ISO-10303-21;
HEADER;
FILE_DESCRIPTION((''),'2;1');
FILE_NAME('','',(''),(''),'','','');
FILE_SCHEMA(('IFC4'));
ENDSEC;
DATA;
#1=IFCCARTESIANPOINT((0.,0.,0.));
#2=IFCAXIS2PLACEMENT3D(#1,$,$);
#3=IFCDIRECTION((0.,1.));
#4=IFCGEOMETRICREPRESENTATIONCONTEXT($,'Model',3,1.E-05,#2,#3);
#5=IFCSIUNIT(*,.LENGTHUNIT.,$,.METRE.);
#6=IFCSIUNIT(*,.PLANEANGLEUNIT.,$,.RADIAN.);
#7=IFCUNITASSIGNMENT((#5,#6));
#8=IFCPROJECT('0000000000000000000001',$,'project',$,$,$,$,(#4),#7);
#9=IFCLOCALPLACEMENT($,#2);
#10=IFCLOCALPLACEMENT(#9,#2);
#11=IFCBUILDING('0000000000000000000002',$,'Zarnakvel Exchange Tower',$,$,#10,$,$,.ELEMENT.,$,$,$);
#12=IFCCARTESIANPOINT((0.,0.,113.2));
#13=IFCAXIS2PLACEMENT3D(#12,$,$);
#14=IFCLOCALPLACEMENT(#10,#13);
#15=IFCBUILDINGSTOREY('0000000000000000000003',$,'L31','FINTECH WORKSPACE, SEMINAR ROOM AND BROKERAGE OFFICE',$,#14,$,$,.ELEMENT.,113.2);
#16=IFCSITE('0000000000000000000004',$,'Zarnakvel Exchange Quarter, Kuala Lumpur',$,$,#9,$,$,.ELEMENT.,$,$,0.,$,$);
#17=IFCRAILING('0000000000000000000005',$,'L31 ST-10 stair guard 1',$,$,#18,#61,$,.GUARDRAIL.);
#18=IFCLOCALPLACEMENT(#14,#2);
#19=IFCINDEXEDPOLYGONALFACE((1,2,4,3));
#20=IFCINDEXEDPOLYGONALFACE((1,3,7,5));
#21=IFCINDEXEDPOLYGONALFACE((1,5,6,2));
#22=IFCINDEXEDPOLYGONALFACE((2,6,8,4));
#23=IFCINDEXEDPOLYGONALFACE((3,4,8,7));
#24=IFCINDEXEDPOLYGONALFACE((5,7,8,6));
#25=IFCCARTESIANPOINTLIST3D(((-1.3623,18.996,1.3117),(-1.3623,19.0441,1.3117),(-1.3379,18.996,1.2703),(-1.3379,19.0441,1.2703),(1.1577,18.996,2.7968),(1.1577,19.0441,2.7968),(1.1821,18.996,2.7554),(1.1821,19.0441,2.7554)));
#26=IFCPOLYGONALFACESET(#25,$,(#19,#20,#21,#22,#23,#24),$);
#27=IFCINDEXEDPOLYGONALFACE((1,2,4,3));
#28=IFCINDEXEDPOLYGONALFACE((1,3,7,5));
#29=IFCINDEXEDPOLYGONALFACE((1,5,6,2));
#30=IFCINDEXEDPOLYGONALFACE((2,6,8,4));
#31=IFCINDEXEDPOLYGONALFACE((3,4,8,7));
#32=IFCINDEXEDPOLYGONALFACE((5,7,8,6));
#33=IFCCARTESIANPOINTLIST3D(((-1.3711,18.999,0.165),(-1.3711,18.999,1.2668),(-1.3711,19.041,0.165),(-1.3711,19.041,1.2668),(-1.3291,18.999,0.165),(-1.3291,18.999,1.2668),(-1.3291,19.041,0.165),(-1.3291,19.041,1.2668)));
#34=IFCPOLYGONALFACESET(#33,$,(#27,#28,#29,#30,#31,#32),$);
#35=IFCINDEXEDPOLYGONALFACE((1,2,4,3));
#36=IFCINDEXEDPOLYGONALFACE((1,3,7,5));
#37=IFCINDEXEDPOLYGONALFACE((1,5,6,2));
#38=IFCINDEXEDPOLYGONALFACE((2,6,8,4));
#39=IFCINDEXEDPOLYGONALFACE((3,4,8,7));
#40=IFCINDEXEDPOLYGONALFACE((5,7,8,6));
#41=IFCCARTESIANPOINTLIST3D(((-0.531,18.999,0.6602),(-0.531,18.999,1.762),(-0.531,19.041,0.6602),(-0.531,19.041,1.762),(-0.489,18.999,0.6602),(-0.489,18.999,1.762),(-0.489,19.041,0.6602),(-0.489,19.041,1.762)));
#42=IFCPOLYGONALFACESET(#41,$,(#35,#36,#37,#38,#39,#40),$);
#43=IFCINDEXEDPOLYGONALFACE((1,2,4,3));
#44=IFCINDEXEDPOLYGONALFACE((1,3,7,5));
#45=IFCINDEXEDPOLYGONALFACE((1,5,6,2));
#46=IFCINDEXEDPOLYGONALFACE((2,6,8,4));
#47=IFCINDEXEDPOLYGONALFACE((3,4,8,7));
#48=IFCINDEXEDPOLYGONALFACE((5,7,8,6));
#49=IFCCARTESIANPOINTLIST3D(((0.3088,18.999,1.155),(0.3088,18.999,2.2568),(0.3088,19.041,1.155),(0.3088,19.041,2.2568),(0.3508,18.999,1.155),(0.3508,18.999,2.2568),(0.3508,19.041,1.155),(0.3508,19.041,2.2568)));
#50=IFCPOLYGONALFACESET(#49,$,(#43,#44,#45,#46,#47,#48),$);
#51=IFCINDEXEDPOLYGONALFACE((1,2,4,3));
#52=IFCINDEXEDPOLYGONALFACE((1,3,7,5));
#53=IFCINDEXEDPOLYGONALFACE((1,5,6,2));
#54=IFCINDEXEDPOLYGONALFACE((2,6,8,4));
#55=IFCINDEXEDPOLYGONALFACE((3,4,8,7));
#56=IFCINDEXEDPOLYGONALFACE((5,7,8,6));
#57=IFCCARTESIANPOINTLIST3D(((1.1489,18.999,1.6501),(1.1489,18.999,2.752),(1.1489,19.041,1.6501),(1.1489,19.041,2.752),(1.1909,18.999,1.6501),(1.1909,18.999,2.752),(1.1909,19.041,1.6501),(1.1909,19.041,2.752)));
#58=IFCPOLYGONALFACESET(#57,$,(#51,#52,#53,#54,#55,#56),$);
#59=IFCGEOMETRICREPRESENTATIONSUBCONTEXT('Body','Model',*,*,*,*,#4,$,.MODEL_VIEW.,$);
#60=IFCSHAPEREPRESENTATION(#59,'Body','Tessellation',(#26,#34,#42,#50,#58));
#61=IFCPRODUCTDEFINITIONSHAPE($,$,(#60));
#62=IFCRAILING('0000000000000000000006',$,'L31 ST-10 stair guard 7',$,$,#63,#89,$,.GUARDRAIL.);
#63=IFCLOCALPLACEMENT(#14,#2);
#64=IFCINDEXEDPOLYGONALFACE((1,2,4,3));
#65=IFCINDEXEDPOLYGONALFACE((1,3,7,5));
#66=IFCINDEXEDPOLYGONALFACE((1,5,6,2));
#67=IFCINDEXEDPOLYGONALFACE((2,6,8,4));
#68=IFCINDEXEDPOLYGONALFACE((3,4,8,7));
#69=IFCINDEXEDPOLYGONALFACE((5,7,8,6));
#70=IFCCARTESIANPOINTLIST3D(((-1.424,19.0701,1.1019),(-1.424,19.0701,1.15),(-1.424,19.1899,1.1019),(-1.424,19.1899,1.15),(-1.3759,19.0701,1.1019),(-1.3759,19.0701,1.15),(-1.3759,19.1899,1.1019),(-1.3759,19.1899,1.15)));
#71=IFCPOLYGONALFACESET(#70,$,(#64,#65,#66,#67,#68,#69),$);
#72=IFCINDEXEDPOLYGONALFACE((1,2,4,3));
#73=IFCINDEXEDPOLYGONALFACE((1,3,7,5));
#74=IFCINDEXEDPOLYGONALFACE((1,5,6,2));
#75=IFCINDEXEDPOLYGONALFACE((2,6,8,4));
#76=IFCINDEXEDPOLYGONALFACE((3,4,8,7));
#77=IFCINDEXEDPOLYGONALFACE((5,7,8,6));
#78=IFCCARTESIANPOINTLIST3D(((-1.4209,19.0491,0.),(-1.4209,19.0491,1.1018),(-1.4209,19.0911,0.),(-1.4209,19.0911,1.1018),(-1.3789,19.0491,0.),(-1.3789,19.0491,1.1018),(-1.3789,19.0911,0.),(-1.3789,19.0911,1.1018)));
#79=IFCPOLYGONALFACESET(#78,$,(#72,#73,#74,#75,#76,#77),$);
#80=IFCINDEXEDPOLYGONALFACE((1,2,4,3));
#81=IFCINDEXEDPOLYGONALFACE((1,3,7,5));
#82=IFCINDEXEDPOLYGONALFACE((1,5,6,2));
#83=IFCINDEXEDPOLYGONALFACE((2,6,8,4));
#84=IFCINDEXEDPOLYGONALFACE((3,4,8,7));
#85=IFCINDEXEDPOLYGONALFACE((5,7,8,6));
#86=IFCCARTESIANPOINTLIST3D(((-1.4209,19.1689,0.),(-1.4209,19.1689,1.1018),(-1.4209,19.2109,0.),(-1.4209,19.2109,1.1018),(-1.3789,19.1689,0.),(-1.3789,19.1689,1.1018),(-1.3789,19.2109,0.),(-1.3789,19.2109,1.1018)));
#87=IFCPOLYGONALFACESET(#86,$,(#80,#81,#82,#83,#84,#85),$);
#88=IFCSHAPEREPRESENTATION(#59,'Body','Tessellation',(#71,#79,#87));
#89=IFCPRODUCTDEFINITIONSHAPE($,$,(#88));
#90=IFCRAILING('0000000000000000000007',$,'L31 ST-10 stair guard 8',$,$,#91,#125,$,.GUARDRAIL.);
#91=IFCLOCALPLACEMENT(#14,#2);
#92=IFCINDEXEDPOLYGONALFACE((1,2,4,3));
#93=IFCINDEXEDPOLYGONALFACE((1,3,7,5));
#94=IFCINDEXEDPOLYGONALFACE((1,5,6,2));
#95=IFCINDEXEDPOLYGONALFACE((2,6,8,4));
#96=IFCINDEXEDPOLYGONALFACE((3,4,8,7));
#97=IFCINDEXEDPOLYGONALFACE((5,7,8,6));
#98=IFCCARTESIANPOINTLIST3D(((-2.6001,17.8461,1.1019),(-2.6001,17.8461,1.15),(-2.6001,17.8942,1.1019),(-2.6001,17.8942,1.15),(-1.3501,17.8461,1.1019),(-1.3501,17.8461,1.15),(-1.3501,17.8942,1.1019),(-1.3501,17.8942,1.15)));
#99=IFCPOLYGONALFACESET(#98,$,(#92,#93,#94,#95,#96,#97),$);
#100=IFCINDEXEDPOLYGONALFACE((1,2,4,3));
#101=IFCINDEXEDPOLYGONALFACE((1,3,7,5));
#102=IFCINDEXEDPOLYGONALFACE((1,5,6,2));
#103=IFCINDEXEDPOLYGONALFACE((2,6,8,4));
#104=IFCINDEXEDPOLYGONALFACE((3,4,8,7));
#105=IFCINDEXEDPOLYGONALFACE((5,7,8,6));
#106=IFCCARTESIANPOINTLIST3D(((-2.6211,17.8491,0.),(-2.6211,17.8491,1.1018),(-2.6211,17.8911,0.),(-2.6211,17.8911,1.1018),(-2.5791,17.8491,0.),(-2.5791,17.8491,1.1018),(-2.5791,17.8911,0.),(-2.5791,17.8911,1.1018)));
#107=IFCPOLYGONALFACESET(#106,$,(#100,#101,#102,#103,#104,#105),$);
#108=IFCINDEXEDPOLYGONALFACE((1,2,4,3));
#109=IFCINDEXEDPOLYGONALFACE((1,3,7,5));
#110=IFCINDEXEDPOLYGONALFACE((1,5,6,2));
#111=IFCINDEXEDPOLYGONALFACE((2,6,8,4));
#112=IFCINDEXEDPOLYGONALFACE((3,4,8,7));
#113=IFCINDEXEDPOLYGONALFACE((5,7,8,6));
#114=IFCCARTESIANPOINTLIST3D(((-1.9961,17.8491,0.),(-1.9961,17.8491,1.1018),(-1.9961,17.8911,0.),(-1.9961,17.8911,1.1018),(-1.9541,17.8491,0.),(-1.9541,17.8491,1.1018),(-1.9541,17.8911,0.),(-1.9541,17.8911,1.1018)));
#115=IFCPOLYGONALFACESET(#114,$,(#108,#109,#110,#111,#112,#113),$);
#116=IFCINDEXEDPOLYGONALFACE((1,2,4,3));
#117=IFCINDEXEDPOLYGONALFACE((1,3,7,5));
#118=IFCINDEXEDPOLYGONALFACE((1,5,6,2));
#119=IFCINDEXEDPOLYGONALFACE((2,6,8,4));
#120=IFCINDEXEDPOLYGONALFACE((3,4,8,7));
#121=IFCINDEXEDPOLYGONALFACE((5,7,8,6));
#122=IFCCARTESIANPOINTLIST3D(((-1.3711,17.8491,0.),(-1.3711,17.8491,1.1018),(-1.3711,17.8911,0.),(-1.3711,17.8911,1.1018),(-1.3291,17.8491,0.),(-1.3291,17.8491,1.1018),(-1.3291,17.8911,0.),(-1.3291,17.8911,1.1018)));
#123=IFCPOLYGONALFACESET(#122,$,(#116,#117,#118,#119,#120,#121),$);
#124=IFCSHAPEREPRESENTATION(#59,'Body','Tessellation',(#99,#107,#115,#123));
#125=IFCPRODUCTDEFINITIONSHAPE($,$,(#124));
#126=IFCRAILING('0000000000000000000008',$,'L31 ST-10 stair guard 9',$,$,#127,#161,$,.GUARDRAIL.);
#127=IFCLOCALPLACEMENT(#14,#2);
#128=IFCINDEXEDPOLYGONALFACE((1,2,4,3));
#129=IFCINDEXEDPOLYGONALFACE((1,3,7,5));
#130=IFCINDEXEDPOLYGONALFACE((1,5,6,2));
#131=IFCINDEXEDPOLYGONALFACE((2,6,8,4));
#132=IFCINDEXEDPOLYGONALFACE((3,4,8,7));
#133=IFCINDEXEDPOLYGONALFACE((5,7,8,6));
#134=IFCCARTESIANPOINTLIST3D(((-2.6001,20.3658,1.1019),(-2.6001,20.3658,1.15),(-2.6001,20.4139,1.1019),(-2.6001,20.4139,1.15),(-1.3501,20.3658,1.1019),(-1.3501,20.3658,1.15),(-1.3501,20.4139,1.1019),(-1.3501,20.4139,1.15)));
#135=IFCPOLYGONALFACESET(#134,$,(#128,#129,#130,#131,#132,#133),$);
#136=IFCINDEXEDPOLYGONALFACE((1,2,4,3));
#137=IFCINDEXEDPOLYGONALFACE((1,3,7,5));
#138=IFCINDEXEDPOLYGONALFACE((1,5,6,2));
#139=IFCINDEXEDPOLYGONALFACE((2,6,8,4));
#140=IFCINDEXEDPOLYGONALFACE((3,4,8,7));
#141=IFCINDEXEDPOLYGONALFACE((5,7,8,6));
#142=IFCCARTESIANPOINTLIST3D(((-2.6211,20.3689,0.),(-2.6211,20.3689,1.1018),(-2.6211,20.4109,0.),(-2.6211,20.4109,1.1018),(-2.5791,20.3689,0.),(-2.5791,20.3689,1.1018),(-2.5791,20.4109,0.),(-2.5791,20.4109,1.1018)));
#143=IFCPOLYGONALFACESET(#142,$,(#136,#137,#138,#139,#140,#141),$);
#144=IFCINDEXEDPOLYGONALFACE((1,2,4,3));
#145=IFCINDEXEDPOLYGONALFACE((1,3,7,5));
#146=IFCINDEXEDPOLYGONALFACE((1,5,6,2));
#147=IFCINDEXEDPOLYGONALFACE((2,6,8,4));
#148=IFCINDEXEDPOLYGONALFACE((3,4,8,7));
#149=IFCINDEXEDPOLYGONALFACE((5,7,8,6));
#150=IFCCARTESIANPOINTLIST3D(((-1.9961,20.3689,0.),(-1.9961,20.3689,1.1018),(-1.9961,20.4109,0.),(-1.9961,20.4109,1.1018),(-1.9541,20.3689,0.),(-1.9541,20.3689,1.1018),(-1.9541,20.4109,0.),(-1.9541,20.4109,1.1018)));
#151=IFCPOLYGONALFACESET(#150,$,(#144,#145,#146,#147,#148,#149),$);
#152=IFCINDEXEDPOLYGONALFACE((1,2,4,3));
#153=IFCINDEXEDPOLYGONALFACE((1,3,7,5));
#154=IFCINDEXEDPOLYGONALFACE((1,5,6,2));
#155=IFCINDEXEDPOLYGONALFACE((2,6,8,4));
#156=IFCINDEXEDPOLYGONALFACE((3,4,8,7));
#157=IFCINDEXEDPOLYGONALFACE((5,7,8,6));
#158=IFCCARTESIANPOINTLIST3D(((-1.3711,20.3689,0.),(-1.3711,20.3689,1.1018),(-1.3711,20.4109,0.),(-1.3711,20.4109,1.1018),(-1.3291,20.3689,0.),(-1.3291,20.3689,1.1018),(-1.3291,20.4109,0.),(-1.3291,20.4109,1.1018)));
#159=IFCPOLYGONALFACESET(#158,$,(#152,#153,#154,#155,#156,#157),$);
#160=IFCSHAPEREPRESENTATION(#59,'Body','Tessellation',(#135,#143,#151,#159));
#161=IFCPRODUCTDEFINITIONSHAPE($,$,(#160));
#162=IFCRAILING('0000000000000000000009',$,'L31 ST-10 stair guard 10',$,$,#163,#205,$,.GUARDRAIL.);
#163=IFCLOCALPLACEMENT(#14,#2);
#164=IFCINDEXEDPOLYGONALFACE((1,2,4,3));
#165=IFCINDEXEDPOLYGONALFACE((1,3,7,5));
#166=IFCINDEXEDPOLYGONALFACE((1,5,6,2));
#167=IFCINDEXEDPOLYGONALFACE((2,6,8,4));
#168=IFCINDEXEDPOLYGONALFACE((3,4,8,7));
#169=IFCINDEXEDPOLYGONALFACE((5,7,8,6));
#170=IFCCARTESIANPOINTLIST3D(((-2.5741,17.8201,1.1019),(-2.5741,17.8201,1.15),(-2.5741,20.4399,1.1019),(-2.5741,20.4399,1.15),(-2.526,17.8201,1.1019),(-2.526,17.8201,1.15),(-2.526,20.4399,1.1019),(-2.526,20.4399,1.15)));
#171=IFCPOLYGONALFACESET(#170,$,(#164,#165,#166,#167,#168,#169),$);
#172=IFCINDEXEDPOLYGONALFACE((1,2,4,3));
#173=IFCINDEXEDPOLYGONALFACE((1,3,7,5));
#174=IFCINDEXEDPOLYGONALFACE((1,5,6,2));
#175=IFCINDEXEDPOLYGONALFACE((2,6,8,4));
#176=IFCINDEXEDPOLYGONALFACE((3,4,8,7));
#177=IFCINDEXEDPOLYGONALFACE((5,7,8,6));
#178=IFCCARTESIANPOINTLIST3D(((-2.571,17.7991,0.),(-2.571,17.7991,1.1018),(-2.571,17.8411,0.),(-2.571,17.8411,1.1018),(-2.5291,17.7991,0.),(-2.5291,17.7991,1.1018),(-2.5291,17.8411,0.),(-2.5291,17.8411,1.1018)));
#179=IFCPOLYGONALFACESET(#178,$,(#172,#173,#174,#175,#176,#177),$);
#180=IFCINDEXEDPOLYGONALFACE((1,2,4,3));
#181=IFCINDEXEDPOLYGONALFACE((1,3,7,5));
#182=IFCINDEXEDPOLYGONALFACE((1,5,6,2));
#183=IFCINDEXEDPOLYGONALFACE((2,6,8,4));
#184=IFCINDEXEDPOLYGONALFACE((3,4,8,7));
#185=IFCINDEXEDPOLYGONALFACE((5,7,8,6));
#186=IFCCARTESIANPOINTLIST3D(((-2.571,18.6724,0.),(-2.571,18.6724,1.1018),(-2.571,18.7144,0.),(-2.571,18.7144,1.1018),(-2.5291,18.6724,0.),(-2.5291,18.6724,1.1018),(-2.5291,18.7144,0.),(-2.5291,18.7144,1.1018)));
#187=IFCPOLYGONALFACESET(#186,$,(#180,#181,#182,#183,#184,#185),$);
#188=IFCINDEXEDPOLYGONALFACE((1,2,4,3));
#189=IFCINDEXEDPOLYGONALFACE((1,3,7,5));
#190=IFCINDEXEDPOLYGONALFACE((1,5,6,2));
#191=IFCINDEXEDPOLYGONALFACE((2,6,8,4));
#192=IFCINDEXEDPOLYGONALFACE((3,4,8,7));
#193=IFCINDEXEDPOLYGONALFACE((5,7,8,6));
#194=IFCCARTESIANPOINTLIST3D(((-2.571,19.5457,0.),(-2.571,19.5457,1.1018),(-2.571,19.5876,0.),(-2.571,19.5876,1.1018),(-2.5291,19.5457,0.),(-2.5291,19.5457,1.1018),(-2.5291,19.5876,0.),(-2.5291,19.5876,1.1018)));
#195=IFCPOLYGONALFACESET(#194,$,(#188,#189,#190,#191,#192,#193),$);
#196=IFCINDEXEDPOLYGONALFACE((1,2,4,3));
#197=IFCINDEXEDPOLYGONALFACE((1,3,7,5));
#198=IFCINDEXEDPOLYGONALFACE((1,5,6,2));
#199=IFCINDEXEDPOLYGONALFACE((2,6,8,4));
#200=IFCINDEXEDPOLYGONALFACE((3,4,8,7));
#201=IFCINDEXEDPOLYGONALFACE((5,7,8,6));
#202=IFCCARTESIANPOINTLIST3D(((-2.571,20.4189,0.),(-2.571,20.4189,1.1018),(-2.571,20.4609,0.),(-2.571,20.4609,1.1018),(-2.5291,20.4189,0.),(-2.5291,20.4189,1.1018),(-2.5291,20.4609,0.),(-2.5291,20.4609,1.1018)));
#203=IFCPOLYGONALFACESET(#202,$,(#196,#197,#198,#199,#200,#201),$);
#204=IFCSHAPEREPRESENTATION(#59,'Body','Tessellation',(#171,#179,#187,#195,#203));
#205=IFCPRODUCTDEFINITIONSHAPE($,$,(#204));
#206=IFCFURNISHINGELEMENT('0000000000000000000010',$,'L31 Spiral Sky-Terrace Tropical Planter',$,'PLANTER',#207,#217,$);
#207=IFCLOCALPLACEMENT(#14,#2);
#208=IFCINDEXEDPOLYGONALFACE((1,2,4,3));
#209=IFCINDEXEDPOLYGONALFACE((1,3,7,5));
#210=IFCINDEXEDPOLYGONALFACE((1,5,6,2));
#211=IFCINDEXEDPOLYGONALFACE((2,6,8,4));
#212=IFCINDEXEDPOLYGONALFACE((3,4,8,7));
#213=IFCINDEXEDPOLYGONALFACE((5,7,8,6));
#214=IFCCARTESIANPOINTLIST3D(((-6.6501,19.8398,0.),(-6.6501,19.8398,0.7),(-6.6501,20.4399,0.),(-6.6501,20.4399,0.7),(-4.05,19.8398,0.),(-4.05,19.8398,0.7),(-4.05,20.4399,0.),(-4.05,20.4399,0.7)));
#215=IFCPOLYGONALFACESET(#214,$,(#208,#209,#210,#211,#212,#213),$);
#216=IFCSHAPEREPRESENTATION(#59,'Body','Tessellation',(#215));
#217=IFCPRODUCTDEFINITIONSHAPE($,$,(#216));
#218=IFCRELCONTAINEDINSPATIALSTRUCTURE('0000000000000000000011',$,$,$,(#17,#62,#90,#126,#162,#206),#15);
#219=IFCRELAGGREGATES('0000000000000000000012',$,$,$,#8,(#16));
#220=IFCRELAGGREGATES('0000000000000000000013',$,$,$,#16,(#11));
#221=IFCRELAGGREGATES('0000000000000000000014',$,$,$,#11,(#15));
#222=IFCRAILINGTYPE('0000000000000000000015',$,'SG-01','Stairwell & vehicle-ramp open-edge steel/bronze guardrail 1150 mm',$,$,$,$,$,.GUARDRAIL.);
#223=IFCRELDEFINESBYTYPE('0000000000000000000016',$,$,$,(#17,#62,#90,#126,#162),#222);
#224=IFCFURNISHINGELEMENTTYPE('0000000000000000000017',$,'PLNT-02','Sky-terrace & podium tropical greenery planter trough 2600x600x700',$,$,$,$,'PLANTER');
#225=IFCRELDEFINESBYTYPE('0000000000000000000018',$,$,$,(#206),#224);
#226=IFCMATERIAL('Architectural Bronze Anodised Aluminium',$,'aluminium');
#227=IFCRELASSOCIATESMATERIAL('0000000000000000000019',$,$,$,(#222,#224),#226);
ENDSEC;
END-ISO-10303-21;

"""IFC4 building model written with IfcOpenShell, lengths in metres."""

from ifc_helpers import new_model, si_unit, direction, frame, origin, origin_2d, place, context, subcontext, project, spatial, rectangle, extrude, source, transform, mapped, material, type_object, element, save


model = new_model("IFC4")

# Units and contexts
model_context = context("Model", 3, precision=1e-05, world=origin(), true_north=direction((0.0, 1.0)))
body_context = subcontext(model_context, "Body", "Model", "MODEL_VIEW")
ifc_project = project(units=[si_unit("LENGTHUNIT", "METRE"), si_unit("PLANEANGLEUNIT", "RADIAN")], contexts=[model_context])

# Site, building, storey
site_placement = place(None, origin())
site = spatial("IfcSite", under=ifc_project, at=site_placement, Name="Zarnakvel Exchange Quarter, Kuala Lumpur", CompositionType="ELEMENT", RefElevation=0.0)
building_placement = place(site_placement, origin())
building = spatial("IfcBuilding", under=site, at=building_placement, Name="Zarnakvel Exchange Tower", CompositionType="ELEMENT")
storey_placement = place(building_placement, frame((0.0, 0.0, 113.2)))
storey = spatial("IfcBuildingStorey", under=building, at=storey_placement, Name="L31", Description="FINTECH WORKSPACE, SEMINAR ROOM AND BROKERAGE OFFICE", CompositionType="ELEMENT", Elevation=113.2)

# Shared definitions
ifc_material_1 = material(Name="Architectural Bronze Anodised Aluminium", Category="aluminium")

# Railings
railing_type_1 = type_object("IfcRailingType", Name="SG-01", Description="Stairwell & vehicle-ramp open-edge steel/bronze guardrail 1150 mm", PredefinedType="GUARDRAIL", material=ifc_material_1)
railing_1_placement = place(storey_placement, frame((-1.3501, 19.02, 0.165)))
element("IfcRailing", 1, at=railing_1_placement, inside=storey, type_object=railing_type_1, Name="L31 ST-10 stair guard 1", PredefinedType="GUARDRAIL", context=body_context, shape_type="SweptSolid", body=[
    extrude(rectangle(XDim=0.0481, YDim=0.0481, at=origin_2d()), frame((0.0, 0.0, 1.126), z_axis=(0.861524, 0.0, 0.507717), x_axis=(0.0, 1.0, 0.0)), (0.0, 0.0, 1.0), 2.925),
    extrude(rectangle(XDim=0.042, YDim=0.042, at=origin_2d()), origin(), (0.0, 0.0, 1.0), 1.1018),
    extrude(rectangle(XDim=0.042, YDim=0.042, at=origin_2d()), frame((0.8401, 0.0, 0.4951)), (0.0, 0.0, 1.0), 1.1018),
    extrude(rectangle(XDim=0.042, YDim=0.042, at=origin_2d()), frame((1.6799, 0.0, 0.99)), (0.0, 0.0, 1.0), 1.1018),
    extrude(rectangle(XDim=0.042, YDim=0.042, at=origin_2d()), frame((2.52, 0.0, 1.4851)), (0.0, 0.0, 1.0), 1.1018),
])
railing_2_placement = place(storey_placement, frame((-1.3999, 19.0701, 0.0)))
element("IfcRailing", 2, at=railing_2_placement, inside=storey, type_object=railing_type_1, Name="L31 ST-10 stair guard 7", PredefinedType="GUARDRAIL", context=body_context, shape_type="SweptSolid", body=[
    extrude(rectangle(XDim=0.0481, YDim=0.0481, at=origin_2d()), frame((0.0, 0.0, 1.126), z_axis=(0.0, 1.0, 0.0), x_axis=(-1.0, 0.0, 0.0)), (0.0, 0.0, 1.0), 0.1199),
    extrude(rectangle(XDim=0.042, YDim=0.042, at=origin_2d()), origin(), (0.0, 0.0, 1.0), 1.1018),
    extrude(rectangle(XDim=0.042, YDim=0.042, at=origin_2d()), frame((0.0, 0.1199, 0.0)), (0.0, 0.0, 1.0), 1.1018),
])
for number, where, name in (
    (3, (-2.6001, 17.8701, 0.0), "L31 ST-10 stair guard 8"),
    (4, (-2.6001, 20.3899, 0.0), "L31 ST-10 stair guard 9"),
):
    element("IfcRailing", number, at=place(storey_placement, frame(where)), inside=storey, type_object=railing_type_1, Name=name, PredefinedType="GUARDRAIL", context=body_context, shape_type="SweptSolid", body=[
        extrude(rectangle(XDim=0.0481, YDim=0.0481, at=origin_2d()), frame((0.0, 0.0, 1.126), z_axis=(1.0, 0.0, 0.0), x_axis=(0.0, 1.0, 0.0)), (0.0, 0.0, 1.0), 1.25),
        extrude(rectangle(XDim=0.042, YDim=0.042, at=origin_2d()), origin(), (0.0, 0.0, 1.0), 1.1018),
        extrude(rectangle(XDim=0.042, YDim=0.042, at=origin_2d()), frame((0.625, 0.0, 0.0)), (0.0, 0.0, 1.0), 1.1018),
        extrude(rectangle(XDim=0.042, YDim=0.042, at=origin_2d()), frame((1.25, 0.0, 0.0)), (0.0, 0.0, 1.0), 1.1018),
    ])
railing_3_placement = place(storey_placement, frame((-2.55, 17.8201, 0.0)))
element("IfcRailing", 5, at=railing_3_placement, inside=storey, type_object=railing_type_1, Name="L31 ST-10 stair guard 10", PredefinedType="GUARDRAIL", context=body_context, shape_type="SweptSolid", body=[
    extrude(rectangle(XDim=0.0481, YDim=0.0481, at=origin_2d()), frame((0.0, 0.0, 1.126), z_axis=(0.0, 1.0, 0.0), x_axis=(-1.0, 0.0, 0.0)), (0.0, 0.0, 1.0), 2.6199),
    extrude(rectangle(XDim=0.042, YDim=0.042, at=origin_2d()), origin(), (0.0, 0.0, 1.0), 1.1018),
    extrude(rectangle(XDim=0.042, YDim=0.042, at=origin_2d()), frame((0.0, 0.8733, 0.0)), (0.0, 0.0, 1.0), 1.1018),
    extrude(rectangle(XDim=0.042, YDim=0.042, at=origin_2d()), frame((0.0, 1.7466, 0.0)), (0.0, 0.0, 1.0), 1.1018),
    extrude(rectangle(XDim=0.042, YDim=0.042, at=origin_2d()), frame((0.0, 2.6199, 0.0)), (0.0, 0.0, 1.0), 1.1018),
])

# Furnishing element
furnishing_element_type = type_object("IfcFurnishingElementType", Name="PLNT-02", Description="Sky-terrace & podium tropical greenery planter trough 2600x600x700", ElementType="PLANTER", material=ifc_material_1)
shared_shape_1 = source(origin(), body_context, "Body", "SweptSolid", [
    extrude(rectangle(XDim=2.6001, YDim=0.6001, at=origin_2d()), origin(), (0.0, 0.0, 1.0), 0.7),
])
furnishing_placement = place(storey_placement, frame((-5.3501, 20.1399, 0.0), z_axis=(0.0, 0.0, 1.0), x_axis=(1.0, 0.0, 0.0)))
element("IfcFurnishingElement", 6, at=furnishing_placement, inside=storey, type_object=furnishing_element_type, Name="L31 Spiral Sky-Terrace Tropical Planter", ObjectType="PLANTER", context=body_context, shape_type="MappedRepresentation", body=[
    mapped(shared_shape_1, transform((0.0, 0.0, 0.0), x_axis=(1.0, 0.0, 0.0), y_axis=(0.0, 1.0, 0.0), z_axis=(0.0, 0.0, 1.0), scale=1.0)),
])

save(model, "model.ifc")
